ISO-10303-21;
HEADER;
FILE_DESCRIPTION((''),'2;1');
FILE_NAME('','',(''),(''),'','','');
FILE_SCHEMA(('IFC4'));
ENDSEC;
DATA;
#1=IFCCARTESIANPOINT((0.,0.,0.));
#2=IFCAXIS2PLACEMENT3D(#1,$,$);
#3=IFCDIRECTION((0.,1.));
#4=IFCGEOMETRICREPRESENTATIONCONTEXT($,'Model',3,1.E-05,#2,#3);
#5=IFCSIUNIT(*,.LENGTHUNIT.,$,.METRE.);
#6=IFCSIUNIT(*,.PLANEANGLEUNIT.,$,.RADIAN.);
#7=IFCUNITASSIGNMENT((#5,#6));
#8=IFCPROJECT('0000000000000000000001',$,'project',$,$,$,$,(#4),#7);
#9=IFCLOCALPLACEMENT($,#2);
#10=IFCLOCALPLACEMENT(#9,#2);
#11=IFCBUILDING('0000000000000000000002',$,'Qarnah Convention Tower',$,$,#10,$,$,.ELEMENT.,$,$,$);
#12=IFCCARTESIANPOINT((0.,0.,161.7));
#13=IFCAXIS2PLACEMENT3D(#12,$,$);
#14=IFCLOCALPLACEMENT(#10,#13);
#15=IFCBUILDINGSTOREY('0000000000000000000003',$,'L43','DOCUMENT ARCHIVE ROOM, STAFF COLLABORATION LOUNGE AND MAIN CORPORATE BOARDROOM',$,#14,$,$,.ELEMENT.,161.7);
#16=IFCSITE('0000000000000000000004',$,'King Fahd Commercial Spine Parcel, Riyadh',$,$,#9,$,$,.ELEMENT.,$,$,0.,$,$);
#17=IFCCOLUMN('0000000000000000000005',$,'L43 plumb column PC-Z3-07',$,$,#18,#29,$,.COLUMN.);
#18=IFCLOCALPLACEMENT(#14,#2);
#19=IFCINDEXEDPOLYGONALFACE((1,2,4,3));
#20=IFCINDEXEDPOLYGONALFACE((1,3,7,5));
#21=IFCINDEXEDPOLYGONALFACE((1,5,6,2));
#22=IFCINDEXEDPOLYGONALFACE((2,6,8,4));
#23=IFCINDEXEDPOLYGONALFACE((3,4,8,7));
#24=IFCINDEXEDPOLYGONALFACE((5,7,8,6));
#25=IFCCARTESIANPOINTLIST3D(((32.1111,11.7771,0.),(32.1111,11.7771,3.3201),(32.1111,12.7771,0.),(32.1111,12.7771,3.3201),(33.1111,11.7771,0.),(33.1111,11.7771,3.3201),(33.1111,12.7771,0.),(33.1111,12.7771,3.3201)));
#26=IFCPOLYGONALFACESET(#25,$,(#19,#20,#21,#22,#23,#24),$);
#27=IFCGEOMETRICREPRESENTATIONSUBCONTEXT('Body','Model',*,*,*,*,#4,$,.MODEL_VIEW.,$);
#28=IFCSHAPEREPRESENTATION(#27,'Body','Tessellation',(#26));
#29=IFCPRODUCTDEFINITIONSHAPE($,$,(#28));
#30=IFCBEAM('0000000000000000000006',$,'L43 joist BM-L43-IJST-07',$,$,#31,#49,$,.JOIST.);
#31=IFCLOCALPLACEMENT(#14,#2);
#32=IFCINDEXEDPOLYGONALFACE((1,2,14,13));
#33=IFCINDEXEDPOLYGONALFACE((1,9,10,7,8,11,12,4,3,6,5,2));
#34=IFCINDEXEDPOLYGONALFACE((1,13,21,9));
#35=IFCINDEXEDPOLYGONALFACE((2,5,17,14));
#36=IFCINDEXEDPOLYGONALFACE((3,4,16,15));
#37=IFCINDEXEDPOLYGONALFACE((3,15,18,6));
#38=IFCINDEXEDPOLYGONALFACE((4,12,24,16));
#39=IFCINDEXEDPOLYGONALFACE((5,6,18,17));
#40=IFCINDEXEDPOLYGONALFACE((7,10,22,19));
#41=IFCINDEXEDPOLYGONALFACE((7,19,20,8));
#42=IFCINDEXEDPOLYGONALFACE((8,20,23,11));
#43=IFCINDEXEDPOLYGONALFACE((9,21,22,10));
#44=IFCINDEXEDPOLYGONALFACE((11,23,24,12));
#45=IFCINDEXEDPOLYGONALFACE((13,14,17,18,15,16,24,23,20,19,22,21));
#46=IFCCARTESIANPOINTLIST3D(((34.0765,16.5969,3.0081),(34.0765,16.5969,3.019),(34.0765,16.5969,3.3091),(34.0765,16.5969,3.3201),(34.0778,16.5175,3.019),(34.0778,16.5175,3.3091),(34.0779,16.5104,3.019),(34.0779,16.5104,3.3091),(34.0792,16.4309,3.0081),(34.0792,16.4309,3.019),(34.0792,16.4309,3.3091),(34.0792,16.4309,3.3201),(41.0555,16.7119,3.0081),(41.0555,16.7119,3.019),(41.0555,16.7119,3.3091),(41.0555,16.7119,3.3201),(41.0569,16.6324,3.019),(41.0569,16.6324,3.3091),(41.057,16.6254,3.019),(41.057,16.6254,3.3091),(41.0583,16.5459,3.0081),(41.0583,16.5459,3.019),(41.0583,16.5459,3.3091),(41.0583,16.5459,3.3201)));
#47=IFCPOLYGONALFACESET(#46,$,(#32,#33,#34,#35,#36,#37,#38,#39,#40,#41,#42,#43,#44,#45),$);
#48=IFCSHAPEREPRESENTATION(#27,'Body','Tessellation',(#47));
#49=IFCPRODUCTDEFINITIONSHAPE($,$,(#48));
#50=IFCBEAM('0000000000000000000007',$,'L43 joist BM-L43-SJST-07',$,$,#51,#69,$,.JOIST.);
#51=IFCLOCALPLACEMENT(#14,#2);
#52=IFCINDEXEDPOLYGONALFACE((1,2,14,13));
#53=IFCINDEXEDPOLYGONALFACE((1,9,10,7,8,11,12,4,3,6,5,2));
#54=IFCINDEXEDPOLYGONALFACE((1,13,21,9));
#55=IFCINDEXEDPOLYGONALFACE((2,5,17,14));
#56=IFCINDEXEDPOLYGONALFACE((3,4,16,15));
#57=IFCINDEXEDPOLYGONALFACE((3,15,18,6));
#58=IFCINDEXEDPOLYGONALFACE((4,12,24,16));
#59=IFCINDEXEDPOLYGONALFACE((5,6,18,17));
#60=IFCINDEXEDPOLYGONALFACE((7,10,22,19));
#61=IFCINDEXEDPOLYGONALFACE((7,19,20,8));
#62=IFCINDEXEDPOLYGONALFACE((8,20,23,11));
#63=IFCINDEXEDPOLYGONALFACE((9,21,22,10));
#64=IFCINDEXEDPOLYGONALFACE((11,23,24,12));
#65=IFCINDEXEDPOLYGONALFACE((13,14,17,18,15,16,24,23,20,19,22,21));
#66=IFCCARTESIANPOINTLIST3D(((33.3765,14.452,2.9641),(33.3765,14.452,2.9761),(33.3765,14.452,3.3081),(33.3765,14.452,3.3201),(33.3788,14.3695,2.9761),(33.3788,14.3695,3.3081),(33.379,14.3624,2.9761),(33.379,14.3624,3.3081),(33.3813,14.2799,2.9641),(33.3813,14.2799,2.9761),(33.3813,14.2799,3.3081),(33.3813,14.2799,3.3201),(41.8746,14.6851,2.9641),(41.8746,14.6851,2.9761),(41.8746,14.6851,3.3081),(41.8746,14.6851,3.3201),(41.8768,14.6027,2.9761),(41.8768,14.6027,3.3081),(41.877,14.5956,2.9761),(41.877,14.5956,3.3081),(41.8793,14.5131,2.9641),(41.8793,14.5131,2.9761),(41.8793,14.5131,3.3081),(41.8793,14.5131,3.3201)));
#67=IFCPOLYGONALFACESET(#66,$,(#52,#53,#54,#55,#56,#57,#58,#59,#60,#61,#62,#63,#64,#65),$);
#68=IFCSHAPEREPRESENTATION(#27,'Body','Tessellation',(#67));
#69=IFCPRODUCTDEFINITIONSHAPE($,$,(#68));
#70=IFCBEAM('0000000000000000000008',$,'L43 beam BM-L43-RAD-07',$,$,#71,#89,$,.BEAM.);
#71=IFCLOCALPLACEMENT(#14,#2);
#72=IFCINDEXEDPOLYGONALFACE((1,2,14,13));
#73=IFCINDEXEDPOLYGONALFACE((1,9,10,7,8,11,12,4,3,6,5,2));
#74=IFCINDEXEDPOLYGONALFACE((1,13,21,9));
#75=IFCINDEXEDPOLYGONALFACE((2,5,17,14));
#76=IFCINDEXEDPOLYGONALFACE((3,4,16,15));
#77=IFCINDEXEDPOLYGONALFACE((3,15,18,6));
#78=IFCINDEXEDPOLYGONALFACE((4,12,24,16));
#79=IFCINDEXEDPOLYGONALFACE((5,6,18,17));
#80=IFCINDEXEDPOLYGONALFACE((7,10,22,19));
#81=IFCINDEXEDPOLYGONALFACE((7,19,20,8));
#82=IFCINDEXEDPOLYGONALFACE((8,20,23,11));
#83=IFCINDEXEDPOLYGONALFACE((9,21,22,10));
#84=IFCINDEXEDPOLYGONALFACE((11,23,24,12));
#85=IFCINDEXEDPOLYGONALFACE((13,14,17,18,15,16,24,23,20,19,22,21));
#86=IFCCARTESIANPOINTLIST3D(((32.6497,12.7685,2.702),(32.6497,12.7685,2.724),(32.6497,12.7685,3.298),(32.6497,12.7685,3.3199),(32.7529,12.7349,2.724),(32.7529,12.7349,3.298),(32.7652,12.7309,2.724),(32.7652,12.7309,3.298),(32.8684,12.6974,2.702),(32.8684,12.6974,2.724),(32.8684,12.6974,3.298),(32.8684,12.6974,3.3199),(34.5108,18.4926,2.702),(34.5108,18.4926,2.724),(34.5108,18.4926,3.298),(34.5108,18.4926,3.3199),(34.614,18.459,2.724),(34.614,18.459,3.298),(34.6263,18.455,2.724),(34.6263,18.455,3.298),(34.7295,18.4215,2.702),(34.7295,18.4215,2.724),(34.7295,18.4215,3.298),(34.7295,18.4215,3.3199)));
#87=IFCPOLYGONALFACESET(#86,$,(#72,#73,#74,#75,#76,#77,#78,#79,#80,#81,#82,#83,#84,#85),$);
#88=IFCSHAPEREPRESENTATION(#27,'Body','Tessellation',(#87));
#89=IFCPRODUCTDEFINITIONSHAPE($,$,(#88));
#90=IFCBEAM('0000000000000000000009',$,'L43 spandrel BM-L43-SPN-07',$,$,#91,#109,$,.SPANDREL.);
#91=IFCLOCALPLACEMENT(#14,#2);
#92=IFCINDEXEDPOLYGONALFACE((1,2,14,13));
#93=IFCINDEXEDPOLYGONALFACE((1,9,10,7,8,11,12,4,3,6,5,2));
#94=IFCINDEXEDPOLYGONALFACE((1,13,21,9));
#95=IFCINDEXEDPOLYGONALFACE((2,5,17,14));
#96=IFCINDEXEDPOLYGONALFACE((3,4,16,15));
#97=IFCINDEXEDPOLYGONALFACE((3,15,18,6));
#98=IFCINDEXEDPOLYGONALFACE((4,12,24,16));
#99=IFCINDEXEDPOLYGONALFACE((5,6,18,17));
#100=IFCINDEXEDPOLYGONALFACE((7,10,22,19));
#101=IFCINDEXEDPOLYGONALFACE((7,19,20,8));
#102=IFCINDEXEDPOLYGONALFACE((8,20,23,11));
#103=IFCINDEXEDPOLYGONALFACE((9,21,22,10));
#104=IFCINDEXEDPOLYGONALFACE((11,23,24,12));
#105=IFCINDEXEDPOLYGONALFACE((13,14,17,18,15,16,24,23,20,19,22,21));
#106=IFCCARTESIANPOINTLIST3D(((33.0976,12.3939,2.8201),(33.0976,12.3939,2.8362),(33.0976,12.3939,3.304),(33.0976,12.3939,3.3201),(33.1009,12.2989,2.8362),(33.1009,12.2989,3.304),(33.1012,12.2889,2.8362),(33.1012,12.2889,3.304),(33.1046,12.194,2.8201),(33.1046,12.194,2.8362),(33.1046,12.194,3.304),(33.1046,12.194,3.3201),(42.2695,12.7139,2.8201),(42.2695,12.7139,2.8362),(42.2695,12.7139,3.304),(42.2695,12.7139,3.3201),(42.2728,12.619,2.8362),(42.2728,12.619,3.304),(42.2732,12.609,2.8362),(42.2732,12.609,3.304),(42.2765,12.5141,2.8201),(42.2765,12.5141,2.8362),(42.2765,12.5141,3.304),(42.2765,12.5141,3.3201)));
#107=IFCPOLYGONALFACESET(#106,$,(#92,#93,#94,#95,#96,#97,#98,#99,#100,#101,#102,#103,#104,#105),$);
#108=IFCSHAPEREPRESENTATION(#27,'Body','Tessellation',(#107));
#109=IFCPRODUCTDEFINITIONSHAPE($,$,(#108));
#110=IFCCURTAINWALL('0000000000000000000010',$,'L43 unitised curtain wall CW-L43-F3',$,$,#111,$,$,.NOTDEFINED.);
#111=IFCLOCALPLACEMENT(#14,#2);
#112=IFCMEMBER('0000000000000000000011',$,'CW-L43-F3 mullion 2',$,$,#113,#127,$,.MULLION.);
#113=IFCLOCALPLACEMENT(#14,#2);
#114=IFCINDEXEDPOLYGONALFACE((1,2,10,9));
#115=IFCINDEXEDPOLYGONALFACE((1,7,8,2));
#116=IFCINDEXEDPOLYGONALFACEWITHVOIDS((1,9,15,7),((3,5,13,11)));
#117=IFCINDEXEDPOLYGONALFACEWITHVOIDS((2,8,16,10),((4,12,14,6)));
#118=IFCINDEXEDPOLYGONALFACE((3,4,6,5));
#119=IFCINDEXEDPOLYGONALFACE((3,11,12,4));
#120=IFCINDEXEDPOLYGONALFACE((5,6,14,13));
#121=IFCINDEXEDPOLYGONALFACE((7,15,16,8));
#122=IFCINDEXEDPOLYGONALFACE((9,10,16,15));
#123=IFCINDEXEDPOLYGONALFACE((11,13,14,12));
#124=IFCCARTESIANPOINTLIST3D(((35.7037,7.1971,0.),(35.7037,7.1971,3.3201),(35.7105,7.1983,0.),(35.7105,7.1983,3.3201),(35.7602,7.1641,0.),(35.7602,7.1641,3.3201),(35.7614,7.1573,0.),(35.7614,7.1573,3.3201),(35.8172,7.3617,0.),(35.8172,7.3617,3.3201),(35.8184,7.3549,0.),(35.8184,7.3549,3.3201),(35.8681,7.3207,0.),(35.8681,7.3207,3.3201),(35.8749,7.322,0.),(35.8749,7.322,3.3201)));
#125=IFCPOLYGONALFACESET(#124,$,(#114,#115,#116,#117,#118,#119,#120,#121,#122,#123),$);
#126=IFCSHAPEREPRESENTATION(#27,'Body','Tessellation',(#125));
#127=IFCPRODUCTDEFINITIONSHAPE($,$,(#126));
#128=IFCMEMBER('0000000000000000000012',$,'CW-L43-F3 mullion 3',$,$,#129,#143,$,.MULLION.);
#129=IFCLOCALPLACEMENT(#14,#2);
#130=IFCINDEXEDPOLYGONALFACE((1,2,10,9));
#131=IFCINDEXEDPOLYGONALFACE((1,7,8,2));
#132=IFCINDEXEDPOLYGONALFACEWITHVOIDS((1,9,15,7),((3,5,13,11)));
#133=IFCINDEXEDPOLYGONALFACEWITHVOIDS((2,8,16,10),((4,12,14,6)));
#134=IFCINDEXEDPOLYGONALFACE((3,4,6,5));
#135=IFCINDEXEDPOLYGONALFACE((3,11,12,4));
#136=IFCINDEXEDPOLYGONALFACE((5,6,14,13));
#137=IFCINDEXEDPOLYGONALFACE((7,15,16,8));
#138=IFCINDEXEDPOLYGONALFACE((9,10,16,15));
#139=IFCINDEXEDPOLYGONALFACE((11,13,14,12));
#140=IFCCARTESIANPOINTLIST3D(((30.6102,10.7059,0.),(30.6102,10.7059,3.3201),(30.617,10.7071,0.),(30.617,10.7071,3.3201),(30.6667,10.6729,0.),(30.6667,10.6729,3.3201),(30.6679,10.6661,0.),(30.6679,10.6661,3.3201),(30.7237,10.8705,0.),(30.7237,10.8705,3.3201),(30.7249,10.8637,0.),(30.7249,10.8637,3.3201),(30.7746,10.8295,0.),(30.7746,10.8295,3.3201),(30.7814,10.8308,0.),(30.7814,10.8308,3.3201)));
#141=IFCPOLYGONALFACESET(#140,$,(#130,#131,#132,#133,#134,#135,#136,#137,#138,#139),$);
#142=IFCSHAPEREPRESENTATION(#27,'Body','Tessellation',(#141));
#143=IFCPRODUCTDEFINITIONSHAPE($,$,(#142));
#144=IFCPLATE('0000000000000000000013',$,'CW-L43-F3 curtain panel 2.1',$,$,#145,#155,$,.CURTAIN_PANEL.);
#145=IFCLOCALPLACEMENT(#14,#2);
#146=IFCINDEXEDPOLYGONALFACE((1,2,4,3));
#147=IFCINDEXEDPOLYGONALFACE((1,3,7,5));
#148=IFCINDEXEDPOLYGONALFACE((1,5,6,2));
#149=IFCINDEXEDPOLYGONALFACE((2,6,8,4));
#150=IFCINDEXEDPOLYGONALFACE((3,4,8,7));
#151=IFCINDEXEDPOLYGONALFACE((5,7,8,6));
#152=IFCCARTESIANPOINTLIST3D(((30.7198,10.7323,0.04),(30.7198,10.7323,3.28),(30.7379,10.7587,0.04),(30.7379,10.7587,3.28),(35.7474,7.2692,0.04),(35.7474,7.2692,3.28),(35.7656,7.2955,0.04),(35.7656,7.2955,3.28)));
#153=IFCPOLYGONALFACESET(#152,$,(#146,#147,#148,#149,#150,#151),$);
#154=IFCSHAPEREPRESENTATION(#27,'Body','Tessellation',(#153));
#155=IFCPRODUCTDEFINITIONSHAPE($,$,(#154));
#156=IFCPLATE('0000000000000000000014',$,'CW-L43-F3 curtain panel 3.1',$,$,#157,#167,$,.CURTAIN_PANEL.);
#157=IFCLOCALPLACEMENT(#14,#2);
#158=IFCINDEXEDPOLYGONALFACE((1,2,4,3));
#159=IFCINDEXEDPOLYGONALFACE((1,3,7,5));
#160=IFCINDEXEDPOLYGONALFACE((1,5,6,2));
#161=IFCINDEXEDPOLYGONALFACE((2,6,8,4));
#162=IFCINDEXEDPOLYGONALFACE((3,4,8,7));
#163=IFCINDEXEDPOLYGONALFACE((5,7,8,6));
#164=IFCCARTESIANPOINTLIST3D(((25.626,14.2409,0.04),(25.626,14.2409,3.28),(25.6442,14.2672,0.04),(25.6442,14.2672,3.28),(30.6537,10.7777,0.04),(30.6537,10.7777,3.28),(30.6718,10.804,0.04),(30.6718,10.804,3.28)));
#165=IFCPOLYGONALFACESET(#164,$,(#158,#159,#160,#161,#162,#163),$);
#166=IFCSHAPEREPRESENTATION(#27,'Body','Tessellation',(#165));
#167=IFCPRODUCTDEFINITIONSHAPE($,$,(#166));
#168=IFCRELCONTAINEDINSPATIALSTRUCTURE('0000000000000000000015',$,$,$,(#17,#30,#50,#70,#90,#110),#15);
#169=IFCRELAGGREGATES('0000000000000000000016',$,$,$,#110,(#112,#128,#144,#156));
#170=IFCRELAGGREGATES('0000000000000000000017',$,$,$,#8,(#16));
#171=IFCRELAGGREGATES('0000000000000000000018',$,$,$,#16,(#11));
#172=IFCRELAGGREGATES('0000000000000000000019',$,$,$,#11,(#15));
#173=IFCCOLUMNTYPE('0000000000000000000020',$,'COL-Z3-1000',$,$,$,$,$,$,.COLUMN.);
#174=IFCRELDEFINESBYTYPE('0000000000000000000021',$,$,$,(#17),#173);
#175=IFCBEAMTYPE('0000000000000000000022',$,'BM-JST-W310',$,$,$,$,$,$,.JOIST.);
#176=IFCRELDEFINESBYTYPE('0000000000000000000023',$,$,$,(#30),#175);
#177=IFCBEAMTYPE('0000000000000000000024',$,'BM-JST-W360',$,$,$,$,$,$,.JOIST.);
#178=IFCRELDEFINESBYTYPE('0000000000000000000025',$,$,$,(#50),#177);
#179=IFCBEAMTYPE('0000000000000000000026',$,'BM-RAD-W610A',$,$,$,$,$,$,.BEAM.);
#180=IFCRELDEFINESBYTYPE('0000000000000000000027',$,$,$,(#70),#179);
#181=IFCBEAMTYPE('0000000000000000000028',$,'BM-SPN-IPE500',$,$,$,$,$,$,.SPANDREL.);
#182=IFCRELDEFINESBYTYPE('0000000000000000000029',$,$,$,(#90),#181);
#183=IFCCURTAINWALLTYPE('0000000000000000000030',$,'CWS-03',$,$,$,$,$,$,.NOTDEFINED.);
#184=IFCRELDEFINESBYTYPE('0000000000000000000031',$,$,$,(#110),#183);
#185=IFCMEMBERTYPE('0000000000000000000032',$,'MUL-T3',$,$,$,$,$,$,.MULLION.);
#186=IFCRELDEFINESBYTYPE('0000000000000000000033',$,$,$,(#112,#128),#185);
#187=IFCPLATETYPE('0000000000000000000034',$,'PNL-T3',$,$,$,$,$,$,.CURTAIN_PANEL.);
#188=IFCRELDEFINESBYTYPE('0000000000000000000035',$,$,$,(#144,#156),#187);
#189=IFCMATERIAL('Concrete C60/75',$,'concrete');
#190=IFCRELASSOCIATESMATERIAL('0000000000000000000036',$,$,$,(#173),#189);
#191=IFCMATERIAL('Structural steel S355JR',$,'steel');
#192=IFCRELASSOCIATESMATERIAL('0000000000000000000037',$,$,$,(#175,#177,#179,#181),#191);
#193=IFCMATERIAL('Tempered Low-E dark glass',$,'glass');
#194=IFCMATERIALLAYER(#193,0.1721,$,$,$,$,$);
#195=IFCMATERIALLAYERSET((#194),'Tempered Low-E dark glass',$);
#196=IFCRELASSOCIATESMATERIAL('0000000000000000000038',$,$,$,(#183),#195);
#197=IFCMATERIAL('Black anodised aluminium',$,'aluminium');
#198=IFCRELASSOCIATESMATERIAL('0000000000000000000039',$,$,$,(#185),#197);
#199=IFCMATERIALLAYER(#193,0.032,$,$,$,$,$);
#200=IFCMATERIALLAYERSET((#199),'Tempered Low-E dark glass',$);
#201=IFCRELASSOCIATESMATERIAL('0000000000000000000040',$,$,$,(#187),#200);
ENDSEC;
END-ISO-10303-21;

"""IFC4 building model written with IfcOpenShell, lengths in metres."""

from ifc_helpers import new_model, si_unit, direction, frame, origin, origin_2d, place, context, subcontext, project, spatial, rectangle, hollow_rectangle, i_section, extrude, material, layer, layer_set, material_profile, profile_set, type_object, element, aggregate, save


model = new_model("IFC4")

# Units and contexts
model_context = context("Model", 3, precision=1e-05, world=origin(), true_north=direction((0.0, 1.0)))
body_context = subcontext(model_context, "Body", "Model", "MODEL_VIEW")
ifc_project = project(units=[si_unit("LENGTHUNIT", "METRE"), si_unit("PLANEANGLEUNIT", "RADIAN")], contexts=[model_context])

# Site, building, storey
site_placement = place(None, origin())
site = spatial("IfcSite", under=ifc_project, at=site_placement, Name="King Fahd Commercial Spine Parcel, Riyadh", CompositionType="ELEMENT", RefElevation=0.0)
building_placement = place(site_placement, origin())
building = spatial("IfcBuilding", under=site, at=building_placement, Name="Qarnah Convention Tower", CompositionType="ELEMENT")
storey_placement = place(building_placement, frame((0.0, 0.0, 161.7)))
storey = spatial("IfcBuildingStorey", under=building, at=storey_placement, Name="L43", Description="DOCUMENT ARCHIVE ROOM, STAFF COLLABORATION LOUNGE AND MAIN CORPORATE BOARDROOM", CompositionType="ELEMENT", Elevation=161.7)

# Column
ifc_material_1 = material(Name="Concrete C60/75", Category="concrete")
ifc_material_profile_1 = material_profile(ifc_material_1, rectangle(XDim=1.0, YDim=1.0, at=origin_2d()), Name="RC-COL-1000X1000")
ifc_profile_set_1 = profile_set([ifc_material_profile_1], Name="Concrete C60/75")
column_type = type_object("IfcColumnType", Name="COL-Z3-1000", PredefinedType="COLUMN", material=ifc_profile_set_1)
column_placement = place(storey_placement, frame((32.6111, 12.2771, 0.0), z_axis=(0.0, 0.0, 1.0), x_axis=(1.0, 0.0, 0.0)))
element("IfcColumn", 1, at=column_placement, inside=storey, type_object=column_type, Name="L43 plumb column PC-Z3-07", PredefinedType="COLUMN", context=body_context, shape_type="SweptSolid", body=[
    extrude(rectangle(XDim=1.0, YDim=1.0, at=origin_2d()), origin(), (0.0, 0.0, 1.0), 3.3201),
])

# Beams
ifc_material_2 = material(Name="Structural steel S355JR", Category="steel")
ifc_material_profile_2 = material_profile(ifc_material_2, i_section(OverallWidth=0.166, OverallDepth=0.312, WebThickness=0.0071, FlangeThickness=0.011, at=origin_2d()), Name="W310X45")
ifc_profile_set_2 = profile_set([ifc_material_profile_2], Name="Structural steel S355JR")
beam_type_1 = type_object("IfcBeamType", Name="BM-JST-W310", PredefinedType="JOIST", material=ifc_profile_set_2)
beam_1_placement = place(storey_placement, frame((34.0779, 16.5139, 3.1641), z_axis=(0.999864, 0.016474, 0.0), x_axis=(-0.016474, 0.999864, 0.0)))
element("IfcBeam", 2, at=beam_1_placement, inside=storey, type_object=beam_type_1, Name="L43 joist BM-L43-IJST-07", PredefinedType="JOIST", context=body_context, shape_type="SweptSolid", body=[
    extrude(i_section(OverallWidth=0.166, OverallDepth=0.312, WebThickness=0.0071, FlangeThickness=0.011, at=origin_2d()), origin(), (0.0, 0.0, 1.0), 6.98),
])
ifc_material_profile_3 = material_profile(ifc_material_2, i_section(OverallWidth=0.1721, OverallDepth=0.356, WebThickness=0.0071, FlangeThickness=0.012, at=origin_2d()), Name="W360X51")
ifc_profile_set_3 = profile_set([ifc_material_profile_3], Name="Structural steel S355JR")
beam_type_2 = type_object("IfcBeamType", Name="BM-JST-W360", PredefinedType="JOIST", material=ifc_profile_set_3)
beam_2_placement = place(storey_placement, frame((33.3789, 14.366, 3.1421), z_axis=(0.999624, 0.027426, 0.0), x_axis=(-0.027426, 0.999624, 0.0)))
element("IfcBeam", 3, at=beam_2_placement, inside=storey, type_object=beam_type_2, Name="L43 joist BM-L43-SJST-07", PredefinedType="JOIST", context=body_context, shape_type="SweptSolid", body=[
    extrude(i_section(OverallWidth=0.1721, OverallDepth=0.356, WebThickness=0.0071, FlangeThickness=0.012, at=origin_2d()), origin(), (0.0, 0.0, 1.0), 8.5012),
])
ifc_material_profile_4 = material_profile(ifc_material_2, i_section(OverallWidth=0.23, OverallDepth=0.6179, WebThickness=0.0129, FlangeThickness=0.022, at=origin_2d()), Name="W610X140")
ifc_profile_set_4 = profile_set([ifc_material_profile_4], Name="Structural steel S355JR")
beam_type_3 = type_object("IfcBeamType", Name="BM-RAD-W610A", PredefinedType="BEAM", material=ifc_profile_set_4)
beam_3_placement = place(storey_placement, frame((34.6201, 18.457, 3.011), z_axis=(-0.309198, -0.950998, 0.0), x_axis=(0.950998, -0.309198, 0.0)))
element("IfcBeam", 4, at=beam_3_placement, inside=storey, type_object=beam_type_3, Name="L43 beam BM-L43-RAD-07", PredefinedType="BEAM", context=body_context, shape_type="SweptSolid", body=[
    extrude(i_section(OverallWidth=0.23, OverallDepth=0.6179, WebThickness=0.0129, FlangeThickness=0.022, at=origin_2d()), origin(), (0.0, 0.0, 1.0), 6.019),
])
ifc_material_profile_5 = material_profile(ifc_material_2, i_section(OverallWidth=0.2, OverallDepth=0.5, WebThickness=0.01, FlangeThickness=0.0161, at=origin_2d()), Name="IPE500")
ifc_profile_set_5 = profile_set([ifc_material_profile_5], Name="Structural steel S355JR")
beam_type_4 = type_object("IfcBeamType", Name="BM-SPN-IPE500", PredefinedType="SPANDREL", material=ifc_profile_set_5)
beam_4_placement = place(storey_placement, frame((33.1011, 12.2939, 3.0701), z_axis=(0.999392, 0.034875, 0.0), x_axis=(-0.034875, 0.999392, 0.0)))
element("IfcBeam", 5, at=beam_4_placement, inside=storey, type_object=beam_type_4, Name="L43 spandrel BM-L43-SPN-07", PredefinedType="SPANDREL", context=body_context, shape_type="SweptSolid", body=[
    extrude(i_section(OverallWidth=0.2, OverallDepth=0.5, WebThickness=0.01, FlangeThickness=0.0161, at=origin_2d()), origin(), (0.0, 0.0, 1.0), 9.1775),
])

# Curtain wall, members, plates
ifc_material_3 = material(Name="Tempered Low-E dark glass", Category="glass")
ifc_layer_1 = layer(ifc_material_3, 0.1721)
ifc_layer_set_1 = layer_set([ifc_layer_1], Name="Tempered Low-E dark glass")
curtain_wall_type = type_object("IfcCurtainWallType", Name="CWS-03", PredefinedType="NOTDEFINED", material=ifc_layer_set_1)
curtain_wall_placement = place(storey_placement, origin())
curtain_wall = element("IfcCurtainWall", 6, at=curtain_wall_placement, inside=storey, type_object=curtain_wall_type, Name="L43 unitised curtain wall CW-L43-F3", PredefinedType="NOTDEFINED")
ifc_material_4 = material(Name="Black anodised aluminium", Category="aluminium")
ifc_material_profile_6 = material_profile(ifc_material_4, hollow_rectangle(XDim=0.0701, YDim=0.2, WallThickness=0.0049, at=origin_2d()), Name="MUL-70X200")
ifc_profile_set_6 = profile_set([ifc_material_profile_6], Name="Black anodised aluminium")
member_type = type_object("IfcMemberType", Name="MUL-T3", PredefinedType="MULLION", material=ifc_profile_set_6)
member_1_placement = place(storey_placement, frame((35.7893, 7.2595, 0.0), z_axis=(0.0, 0.0, 1.0), x_axis=(-0.823532, 0.56727, 0.0)))
member_1 = element("IfcMember", 7, at=member_1_placement, type_object=member_type, Name="CW-L43-F3 mullion 2", PredefinedType="MULLION", context=body_context, shape_type="SweptSolid", body=[
    extrude(hollow_rectangle(XDim=0.0701, YDim=0.2, WallThickness=0.0049, at=origin_2d()), origin(), (0.0, 0.0, 1.0), 3.3201),
])
member_2_placement = place(storey_placement, frame((30.6958, 10.7683, 0.0), z_axis=(0.0, 0.0, 1.0), x_axis=(-0.823532, 0.56727, 0.0)))
member_2 = element("IfcMember", 8, at=member_2_placement, type_object=member_type, Name="CW-L43-F3 mullion 3", PredefinedType="MULLION", context=body_context, shape_type="SweptSolid", body=[
    extrude(hollow_rectangle(XDim=0.0701, YDim=0.2, WallThickness=0.0049, at=origin_2d()), origin(), (0.0, 0.0, 1.0), 3.3201),
])
ifc_layer_2 = layer(ifc_material_3, 0.032)
ifc_layer_set_2 = layer_set([ifc_layer_2], Name="Tempered Low-E dark glass")
plate_type = type_object("IfcPlateType", Name="PNL-T3", PredefinedType="CURTAIN_PANEL", material=ifc_layer_set_2)
plate_1_placement = place(storey_placement, frame((33.2427, 9.0139, 0.04), z_axis=(0.0, 0.0, 1.0), x_axis=(-0.823532, 0.56727, 0.0)))
plate_1 = element("IfcPlate", 9, at=plate_1_placement, type_object=plate_type, Name="CW-L43-F3 curtain panel 2.1", PredefinedType="CURTAIN_PANEL", context=body_context, shape_type="SweptSolid", body=[
    extrude(rectangle(XDim=6.105, YDim=0.032, at=origin_2d()), origin(), (0.0, 0.0, 1.0), 3.24),
])
plate_2_placement = place(storey_placement, frame((28.1489, 12.5225, 0.04), z_axis=(0.0, 0.0, 1.0), x_axis=(-0.823532, 0.56727, 0.0)))
plate_2 = element("IfcPlate", 10, at=plate_2_placement, type_object=plate_type, Name="CW-L43-F3 curtain panel 3.1", PredefinedType="CURTAIN_PANEL", context=body_context, shape_type="SweptSolid", body=[
    extrude(rectangle(XDim=6.105, YDim=0.032, at=origin_2d()), origin(), (0.0, 0.0, 1.0), 3.24),
])
aggregate(curtain_wall, [member_1, member_2, plate_1, plate_2])

save(model, "model.ifc")
